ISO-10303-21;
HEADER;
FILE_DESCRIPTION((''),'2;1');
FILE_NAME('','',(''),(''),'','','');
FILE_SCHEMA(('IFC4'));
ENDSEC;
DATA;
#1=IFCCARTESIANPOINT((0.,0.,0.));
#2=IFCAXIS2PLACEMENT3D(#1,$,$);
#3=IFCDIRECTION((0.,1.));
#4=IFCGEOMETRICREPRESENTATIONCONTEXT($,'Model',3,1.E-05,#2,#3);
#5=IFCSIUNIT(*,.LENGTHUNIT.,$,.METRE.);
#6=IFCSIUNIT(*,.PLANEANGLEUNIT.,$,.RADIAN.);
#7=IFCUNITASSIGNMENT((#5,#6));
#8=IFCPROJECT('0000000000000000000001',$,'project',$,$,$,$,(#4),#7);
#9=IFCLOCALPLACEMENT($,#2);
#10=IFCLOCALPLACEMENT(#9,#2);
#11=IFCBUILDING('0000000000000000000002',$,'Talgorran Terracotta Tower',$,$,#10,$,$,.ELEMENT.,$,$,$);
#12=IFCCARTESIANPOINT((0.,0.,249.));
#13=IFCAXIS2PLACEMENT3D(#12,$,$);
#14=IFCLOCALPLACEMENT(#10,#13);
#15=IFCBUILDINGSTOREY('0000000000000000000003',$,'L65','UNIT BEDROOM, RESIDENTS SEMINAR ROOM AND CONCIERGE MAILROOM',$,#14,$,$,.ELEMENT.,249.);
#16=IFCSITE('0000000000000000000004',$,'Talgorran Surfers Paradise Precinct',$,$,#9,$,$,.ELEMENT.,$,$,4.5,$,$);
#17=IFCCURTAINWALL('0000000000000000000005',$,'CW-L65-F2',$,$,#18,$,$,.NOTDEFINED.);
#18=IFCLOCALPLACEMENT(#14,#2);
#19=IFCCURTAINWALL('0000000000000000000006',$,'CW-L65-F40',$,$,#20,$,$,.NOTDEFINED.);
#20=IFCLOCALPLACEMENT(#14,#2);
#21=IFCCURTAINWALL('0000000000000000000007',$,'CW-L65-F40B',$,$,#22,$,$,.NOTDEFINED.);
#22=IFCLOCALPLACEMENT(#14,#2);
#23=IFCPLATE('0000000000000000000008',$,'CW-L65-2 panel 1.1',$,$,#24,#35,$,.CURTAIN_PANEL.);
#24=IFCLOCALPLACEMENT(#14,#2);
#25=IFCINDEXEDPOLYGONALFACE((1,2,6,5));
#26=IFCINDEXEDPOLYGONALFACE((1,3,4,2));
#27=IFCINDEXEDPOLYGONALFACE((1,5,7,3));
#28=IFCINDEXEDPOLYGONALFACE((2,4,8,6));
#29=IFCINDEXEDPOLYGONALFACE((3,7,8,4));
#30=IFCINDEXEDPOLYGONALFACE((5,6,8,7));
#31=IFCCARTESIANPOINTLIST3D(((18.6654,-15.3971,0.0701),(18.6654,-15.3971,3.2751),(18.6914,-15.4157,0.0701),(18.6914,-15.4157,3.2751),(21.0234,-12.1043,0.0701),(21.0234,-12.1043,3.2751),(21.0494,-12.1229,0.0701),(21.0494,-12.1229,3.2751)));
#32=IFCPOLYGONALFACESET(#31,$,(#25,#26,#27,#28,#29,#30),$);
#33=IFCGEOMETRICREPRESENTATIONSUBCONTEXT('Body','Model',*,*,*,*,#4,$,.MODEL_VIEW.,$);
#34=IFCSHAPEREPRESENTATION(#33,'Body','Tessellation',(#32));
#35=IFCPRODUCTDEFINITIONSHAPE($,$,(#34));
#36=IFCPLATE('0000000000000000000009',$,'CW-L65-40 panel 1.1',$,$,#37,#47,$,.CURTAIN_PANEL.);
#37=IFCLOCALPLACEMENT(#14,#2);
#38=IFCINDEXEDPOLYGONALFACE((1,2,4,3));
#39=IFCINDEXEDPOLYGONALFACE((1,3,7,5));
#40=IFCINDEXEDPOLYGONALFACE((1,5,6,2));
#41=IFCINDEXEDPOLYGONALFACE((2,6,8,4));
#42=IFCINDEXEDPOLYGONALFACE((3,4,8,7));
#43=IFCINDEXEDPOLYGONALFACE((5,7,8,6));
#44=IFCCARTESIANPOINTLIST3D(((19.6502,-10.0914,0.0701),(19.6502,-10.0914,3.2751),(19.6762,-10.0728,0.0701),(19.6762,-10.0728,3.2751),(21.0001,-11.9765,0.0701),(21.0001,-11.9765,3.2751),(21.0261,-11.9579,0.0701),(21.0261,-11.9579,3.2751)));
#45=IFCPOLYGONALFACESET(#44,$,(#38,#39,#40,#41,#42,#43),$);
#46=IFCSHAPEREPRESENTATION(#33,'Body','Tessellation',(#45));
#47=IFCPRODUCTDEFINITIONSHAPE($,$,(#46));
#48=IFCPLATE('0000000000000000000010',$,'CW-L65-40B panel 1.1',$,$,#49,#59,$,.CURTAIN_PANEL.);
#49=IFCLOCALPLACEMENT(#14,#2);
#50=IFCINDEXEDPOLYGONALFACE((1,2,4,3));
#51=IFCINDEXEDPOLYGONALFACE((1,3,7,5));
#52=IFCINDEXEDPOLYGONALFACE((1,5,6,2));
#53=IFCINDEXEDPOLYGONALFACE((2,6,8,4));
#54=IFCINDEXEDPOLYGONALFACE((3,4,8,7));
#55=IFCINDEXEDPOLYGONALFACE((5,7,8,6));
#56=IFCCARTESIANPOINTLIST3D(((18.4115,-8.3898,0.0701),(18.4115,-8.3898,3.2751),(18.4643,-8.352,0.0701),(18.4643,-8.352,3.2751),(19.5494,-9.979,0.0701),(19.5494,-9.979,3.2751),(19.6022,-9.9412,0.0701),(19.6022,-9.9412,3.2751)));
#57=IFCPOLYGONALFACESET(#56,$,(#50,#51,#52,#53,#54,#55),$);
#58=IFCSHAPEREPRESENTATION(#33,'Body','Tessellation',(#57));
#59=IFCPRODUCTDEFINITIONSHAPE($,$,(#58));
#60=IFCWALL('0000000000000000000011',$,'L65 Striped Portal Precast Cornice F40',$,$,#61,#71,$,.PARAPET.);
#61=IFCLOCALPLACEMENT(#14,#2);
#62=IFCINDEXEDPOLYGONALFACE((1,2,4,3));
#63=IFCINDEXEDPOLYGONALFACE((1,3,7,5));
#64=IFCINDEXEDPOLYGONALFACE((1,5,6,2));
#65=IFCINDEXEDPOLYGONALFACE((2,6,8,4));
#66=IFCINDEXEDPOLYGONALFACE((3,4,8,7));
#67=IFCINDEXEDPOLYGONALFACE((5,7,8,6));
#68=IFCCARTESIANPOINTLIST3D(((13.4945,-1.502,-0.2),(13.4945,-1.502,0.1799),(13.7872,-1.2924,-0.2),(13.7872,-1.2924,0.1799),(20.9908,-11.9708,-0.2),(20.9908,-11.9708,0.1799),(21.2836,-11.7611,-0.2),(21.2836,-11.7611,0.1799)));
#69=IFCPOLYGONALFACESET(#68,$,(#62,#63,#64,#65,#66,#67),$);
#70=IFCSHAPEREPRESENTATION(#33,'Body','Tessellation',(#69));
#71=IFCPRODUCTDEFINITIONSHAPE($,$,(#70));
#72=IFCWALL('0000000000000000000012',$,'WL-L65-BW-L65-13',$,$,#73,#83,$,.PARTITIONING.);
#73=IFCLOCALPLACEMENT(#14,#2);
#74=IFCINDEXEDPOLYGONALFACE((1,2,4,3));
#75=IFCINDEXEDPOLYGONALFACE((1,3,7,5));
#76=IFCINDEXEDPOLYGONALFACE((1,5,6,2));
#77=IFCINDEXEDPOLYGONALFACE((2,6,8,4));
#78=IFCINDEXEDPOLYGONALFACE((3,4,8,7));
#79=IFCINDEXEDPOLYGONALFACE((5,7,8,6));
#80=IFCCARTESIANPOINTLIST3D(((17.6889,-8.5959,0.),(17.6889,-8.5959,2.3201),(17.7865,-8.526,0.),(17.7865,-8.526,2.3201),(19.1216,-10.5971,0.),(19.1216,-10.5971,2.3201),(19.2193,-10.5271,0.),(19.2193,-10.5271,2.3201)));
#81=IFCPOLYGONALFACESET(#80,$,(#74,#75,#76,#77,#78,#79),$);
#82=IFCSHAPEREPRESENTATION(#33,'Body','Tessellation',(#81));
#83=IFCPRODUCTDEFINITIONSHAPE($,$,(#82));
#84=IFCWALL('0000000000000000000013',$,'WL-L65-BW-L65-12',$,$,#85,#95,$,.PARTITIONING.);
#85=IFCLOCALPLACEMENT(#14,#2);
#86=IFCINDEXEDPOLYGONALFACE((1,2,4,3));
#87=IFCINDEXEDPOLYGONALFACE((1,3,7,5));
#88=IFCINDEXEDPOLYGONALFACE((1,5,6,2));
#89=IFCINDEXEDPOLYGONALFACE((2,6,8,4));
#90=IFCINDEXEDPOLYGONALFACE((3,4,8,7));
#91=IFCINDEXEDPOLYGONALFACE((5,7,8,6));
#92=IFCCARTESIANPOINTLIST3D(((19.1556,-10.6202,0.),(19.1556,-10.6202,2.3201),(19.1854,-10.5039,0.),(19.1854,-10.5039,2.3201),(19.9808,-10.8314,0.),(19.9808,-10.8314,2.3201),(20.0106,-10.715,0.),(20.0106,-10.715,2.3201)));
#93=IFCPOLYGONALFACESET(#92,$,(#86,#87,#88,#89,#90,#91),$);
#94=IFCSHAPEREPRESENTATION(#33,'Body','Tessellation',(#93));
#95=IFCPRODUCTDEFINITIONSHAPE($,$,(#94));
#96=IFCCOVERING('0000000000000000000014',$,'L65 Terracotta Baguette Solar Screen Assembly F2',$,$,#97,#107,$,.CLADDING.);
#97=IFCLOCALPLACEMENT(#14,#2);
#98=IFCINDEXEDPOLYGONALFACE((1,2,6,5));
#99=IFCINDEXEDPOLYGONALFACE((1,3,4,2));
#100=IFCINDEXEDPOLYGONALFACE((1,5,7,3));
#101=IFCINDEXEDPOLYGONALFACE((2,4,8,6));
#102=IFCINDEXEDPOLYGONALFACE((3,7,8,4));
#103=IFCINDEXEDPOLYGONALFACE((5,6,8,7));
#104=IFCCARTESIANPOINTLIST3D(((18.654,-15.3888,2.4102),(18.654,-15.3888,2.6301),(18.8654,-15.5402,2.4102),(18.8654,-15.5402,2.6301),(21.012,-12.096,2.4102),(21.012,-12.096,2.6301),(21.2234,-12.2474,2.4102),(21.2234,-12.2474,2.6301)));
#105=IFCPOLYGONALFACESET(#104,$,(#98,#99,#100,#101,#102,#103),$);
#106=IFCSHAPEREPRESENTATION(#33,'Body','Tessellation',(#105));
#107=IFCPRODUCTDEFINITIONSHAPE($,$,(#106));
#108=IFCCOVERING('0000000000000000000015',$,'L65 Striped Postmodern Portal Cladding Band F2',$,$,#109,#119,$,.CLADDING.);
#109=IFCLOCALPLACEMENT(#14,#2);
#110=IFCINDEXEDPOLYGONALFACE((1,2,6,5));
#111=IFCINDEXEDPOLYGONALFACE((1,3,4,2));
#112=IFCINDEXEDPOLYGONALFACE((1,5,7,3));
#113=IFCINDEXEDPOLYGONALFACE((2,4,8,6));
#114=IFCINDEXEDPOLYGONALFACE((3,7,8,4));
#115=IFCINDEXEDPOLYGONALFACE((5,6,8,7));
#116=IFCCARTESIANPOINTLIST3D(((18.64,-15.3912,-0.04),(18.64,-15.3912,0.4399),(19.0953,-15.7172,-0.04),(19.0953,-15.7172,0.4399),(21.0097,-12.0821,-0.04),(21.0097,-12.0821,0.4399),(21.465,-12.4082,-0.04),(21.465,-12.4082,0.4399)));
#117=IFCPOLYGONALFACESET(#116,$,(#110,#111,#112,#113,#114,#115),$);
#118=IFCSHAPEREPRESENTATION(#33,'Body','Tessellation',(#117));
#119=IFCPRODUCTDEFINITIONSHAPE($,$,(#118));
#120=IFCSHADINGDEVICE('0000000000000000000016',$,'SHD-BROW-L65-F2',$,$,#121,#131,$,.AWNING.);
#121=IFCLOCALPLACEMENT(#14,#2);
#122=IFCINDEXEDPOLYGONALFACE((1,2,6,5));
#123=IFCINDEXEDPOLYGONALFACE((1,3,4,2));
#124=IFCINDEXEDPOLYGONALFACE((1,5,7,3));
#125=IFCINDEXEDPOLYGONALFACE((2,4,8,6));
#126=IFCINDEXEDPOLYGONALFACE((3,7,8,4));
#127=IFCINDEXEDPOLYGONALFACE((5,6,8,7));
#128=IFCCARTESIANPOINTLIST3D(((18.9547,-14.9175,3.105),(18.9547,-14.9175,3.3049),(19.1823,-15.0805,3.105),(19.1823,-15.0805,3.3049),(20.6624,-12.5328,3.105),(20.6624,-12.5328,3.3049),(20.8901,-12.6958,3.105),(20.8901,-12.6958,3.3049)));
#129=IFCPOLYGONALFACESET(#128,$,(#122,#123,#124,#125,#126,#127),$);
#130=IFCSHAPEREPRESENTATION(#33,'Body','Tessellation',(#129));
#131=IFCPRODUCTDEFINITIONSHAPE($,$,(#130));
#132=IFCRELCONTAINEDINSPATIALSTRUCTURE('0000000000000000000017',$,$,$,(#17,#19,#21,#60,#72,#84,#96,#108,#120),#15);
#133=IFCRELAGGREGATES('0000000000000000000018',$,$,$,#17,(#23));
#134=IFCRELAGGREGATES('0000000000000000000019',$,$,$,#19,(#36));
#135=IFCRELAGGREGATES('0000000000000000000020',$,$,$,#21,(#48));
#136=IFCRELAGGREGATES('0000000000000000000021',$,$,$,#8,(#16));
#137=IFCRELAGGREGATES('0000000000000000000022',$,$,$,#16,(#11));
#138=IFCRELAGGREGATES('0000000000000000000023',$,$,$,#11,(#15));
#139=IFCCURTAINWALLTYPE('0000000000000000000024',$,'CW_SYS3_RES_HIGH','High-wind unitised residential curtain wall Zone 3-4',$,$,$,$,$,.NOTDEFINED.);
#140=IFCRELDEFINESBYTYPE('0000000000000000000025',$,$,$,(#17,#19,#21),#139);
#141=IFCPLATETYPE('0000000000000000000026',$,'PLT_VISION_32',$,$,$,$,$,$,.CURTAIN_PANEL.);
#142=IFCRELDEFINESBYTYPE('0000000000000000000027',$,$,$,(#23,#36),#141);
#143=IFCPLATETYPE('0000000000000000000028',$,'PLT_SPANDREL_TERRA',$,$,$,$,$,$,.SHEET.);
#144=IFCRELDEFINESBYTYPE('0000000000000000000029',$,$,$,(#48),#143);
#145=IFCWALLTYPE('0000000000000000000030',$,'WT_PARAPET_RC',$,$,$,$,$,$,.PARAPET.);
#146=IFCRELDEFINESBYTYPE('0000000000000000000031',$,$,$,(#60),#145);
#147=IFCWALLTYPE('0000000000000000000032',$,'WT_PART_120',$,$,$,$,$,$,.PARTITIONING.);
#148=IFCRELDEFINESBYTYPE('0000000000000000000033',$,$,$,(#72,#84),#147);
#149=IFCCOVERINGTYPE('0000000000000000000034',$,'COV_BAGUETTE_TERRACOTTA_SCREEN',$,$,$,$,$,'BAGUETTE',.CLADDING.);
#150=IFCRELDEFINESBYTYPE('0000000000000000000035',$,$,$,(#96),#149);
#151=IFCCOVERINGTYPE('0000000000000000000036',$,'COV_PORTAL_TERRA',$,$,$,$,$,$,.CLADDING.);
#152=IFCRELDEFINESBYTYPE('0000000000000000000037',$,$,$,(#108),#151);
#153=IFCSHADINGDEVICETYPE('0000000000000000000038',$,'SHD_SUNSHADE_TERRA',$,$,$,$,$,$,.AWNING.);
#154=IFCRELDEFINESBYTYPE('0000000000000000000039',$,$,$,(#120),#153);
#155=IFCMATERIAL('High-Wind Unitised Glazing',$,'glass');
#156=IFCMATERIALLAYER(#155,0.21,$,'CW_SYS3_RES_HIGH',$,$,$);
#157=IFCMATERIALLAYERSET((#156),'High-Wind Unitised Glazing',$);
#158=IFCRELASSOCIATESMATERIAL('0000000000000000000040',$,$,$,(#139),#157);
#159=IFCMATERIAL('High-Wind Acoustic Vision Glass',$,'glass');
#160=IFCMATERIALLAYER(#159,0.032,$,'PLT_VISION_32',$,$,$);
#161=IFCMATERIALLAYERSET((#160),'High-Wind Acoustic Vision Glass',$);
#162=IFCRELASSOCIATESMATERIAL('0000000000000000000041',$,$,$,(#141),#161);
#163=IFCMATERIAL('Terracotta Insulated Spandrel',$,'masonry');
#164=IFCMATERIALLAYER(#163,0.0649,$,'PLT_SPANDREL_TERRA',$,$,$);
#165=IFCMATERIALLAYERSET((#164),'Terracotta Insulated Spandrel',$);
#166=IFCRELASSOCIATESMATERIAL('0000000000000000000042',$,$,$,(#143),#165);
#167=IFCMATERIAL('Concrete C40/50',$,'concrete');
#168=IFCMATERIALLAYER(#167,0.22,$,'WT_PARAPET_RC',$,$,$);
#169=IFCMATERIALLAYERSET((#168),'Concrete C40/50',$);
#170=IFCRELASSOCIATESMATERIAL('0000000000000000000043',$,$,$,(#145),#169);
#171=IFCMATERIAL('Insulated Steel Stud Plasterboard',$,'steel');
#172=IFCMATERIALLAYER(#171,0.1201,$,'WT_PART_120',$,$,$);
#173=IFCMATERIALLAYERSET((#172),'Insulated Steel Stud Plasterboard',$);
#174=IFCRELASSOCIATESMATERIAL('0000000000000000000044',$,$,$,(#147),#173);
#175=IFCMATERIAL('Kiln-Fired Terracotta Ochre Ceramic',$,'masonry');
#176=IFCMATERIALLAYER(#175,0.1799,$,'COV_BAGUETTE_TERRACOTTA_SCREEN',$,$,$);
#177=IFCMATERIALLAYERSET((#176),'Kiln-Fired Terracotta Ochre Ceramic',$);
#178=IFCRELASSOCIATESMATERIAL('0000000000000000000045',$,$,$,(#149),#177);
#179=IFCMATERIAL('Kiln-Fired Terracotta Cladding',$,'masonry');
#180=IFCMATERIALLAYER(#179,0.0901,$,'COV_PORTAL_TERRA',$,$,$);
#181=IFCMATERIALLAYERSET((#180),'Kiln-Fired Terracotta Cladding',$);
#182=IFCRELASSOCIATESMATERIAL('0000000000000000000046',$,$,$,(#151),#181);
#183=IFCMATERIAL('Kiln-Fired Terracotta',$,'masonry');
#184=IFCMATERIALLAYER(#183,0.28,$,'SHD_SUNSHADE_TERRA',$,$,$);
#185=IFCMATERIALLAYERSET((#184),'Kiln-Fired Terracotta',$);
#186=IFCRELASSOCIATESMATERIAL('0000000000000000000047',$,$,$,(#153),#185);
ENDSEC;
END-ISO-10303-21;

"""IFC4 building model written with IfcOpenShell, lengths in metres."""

from ifc_helpers import new_model, si_unit, direction, frame, frame_2d, origin, origin_2d, place, context, subcontext, project, spatial, rectangle, extrude, source, transform, mapped, material, layer, layer_set, type_object, type_shapes, element, aggregate, save


model = new_model("IFC4")

# Units and contexts
model_context = context("Model", 3, precision=1e-05, world=origin(), true_north=direction((0.0, 1.0)))
body_context = subcontext(model_context, "Body", "Model", "MODEL_VIEW")
ifc_project = project(units=[si_unit("LENGTHUNIT", "METRE"), si_unit("PLANEANGLEUNIT", "RADIAN")], contexts=[model_context])

# Site, building, storey
site_placement = place(None, origin())
site = spatial("IfcSite", under=ifc_project, at=site_placement, Name="Talgorran Surfers Paradise Precinct", CompositionType="ELEMENT", RefElevation=4.5)
building_placement = place(site_placement, origin())
building = spatial("IfcBuilding", under=site, at=building_placement, Name="Talgorran Terracotta Tower", CompositionType="ELEMENT")
storey_placement = place(building_placement, frame((0.0, 0.0, 249.0)))
storey = spatial("IfcBuildingStorey", under=building, at=storey_placement, Name="L65", Description="UNIT BEDROOM, RESIDENTS SEMINAR ROOM AND CONCIERGE MAILROOM", CompositionType="ELEMENT", Elevation=249.0)

# Curtain wall
ifc_material_1 = material(Name="High-Wind Unitised Glazing", Category="glass")
ifc_layer_1 = layer(ifc_material_1, 0.21, Name="CW_SYS3_RES_HIGH")
ifc_layer_set_1 = layer_set([ifc_layer_1], Name="High-Wind Unitised Glazing")
curtain_wall_type = type_object("IfcCurtainWallType", Name="CW_SYS3_RES_HIGH", Description="High-wind unitised residential curtain wall Zone 3-4", PredefinedType="NOTDEFINED", material=ifc_layer_set_1)
curtain_wall_1_placement = place(storey_placement, origin())
curtain_wall_1 = element("IfcCurtainWall", 1, at=curtain_wall_1_placement, inside=storey, type_object=curtain_wall_type, Name="CW-L65-F2", PredefinedType="NOTDEFINED")

# Curtain wall
curtain_wall_2_placement = place(storey_placement, origin())
curtain_wall_2 = element("IfcCurtainWall", 2, at=curtain_wall_2_placement, inside=storey, type_object=curtain_wall_type, Name="CW-L65-F40", PredefinedType="NOTDEFINED")

# Curtain wall
curtain_wall_3_placement = place(storey_placement, origin())
curtain_wall_3 = element("IfcCurtainWall", 3, at=curtain_wall_3_placement, inside=storey, type_object=curtain_wall_type, Name="CW-L65-F40B", PredefinedType="NOTDEFINED")

# Plates
ifc_material_2 = material(Name="High-Wind Acoustic Vision Glass", Category="glass")
ifc_layer_2 = layer(ifc_material_2, 0.032, Name="PLT_VISION_32")
ifc_layer_set_2 = layer_set([ifc_layer_2], Name="High-Wind Acoustic Vision Glass")
plate_type_1 = type_object("IfcPlateType", Name="PLT_VISION_32", PredefinedType="CURTAIN_PANEL", material=ifc_layer_set_2)
shared_shape_1 = source(origin(), body_context, "Body", "SweptSolid", [
    extrude(rectangle(XDim=4.05, YDim=0.032, at=origin_2d()), origin(), (0.0, 0.0, 1.0), 3.2051),
])
plate_1_placement = place(storey_placement, frame((19.8574, -13.76, 0.0701), z_axis=(0.0, 0.0, 1.0), x_axis=(0.58222, 0.813031, 0.0)))
plate_1 = element("IfcPlate", 4, at=plate_1_placement, type_object=plate_type_1, Name="CW-L65-2 panel 1.1", PredefinedType="CURTAIN_PANEL", context=body_context, shape_type="MappedRepresentation", body=[
    mapped(shared_shape_1, transform((0.0, 0.0, 0.0), scale=1.0)),
])
aggregate(curtain_wall_1, [plate_1])
shared_shape_2 = source(origin(), body_context, "Body", "SweptSolid", [
    extrude(rectangle(XDim=2.3186, YDim=0.032, at=origin_2d()), origin(), (0.0, 0.0, 1.0), 3.2051),
])
type_shapes(plate_type_1, [shared_shape_1, shared_shape_2])
plate_2_placement = place(storey_placement, frame((20.3381, -11.0247, 0.0701), z_axis=(0.0, 0.0, 1.0), x_axis=(-0.582219, 0.813032, 0.0)))
plate_2 = element("IfcPlate", 5, at=plate_2_placement, type_object=plate_type_1, Name="CW-L65-40 panel 1.1", PredefinedType="CURTAIN_PANEL", context=body_context, shape_type="MappedRepresentation", body=[
    mapped(shared_shape_2, transform((0.0, 0.0, 0.0), scale=1.0)),
])
aggregate(curtain_wall_2, [plate_2])
ifc_material_3 = material(Name="Terracotta Insulated Spandrel", Category="masonry")
ifc_layer_3 = layer(ifc_material_3, 0.0649, Name="PLT_SPANDREL_TERRA")
ifc_layer_set_3 = layer_set([ifc_layer_3], Name="Terracotta Insulated Spandrel")
plate_type_2 = type_object("IfcPlateType", Name="PLT_SPANDREL_TERRA", PredefinedType="SHEET", material=ifc_layer_set_3)
shared_shape_3 = source(origin(), body_context, "Body", "SweptSolid", [
    extrude(rectangle(XDim=1.9546, YDim=0.0649, at=origin_2d()), origin(), (0.0, 0.0, 1.0), 3.2051),
])
type_shapes(plate_type_2, [shared_shape_3])
plate_3_placement = place(storey_placement, frame((19.0068, -9.1655, 0.0701), z_axis=(0.0, 0.0, 1.0), x_axis=(-0.5822, 0.813046, 0.0)))
plate_3 = element("IfcPlate", 6, at=plate_3_placement, type_object=plate_type_2, Name="CW-L65-40B panel 1.1", PredefinedType="CURTAIN_PANEL", context=body_context, shape_type="MappedRepresentation", body=[
    mapped(shared_shape_3, transform((0.0, 0.0, 0.0), scale=1.0)),
])
aggregate(curtain_wall_3, [plate_3])

# Walls
ifc_material_4 = material(Name="Concrete C40/50", Category="concrete")
ifc_layer_4 = layer(ifc_material_4, 0.22, Name="WT_PARAPET_RC")
ifc_layer_set_4 = layer_set([ifc_layer_4], Name="Concrete C40/50")
wall_type_1 = type_object("IfcWallType", Name="WT_PARAPET_RC", PredefinedType="PARAPET", material=ifc_layer_set_4)
wall_1_placement = place(storey_placement, frame((21.1372, -11.866, -0.2), z_axis=(0.0, 0.0, 1.0), x_axis=(-0.582197, 0.813047, 0.0)))
element("IfcWall", 7, at=wall_1_placement, inside=storey, type_object=wall_type_1, Name="L65 Striped Portal Precast Cornice F40", PredefinedType="PARAPET", context=body_context, shape_type="SweptSolid", body=[
    extrude(rectangle(XDim=12.876, YDim=0.3601, at=frame_2d((6.438, 0.0))), origin(), (0.0, 0.0, 1.0), 0.3799),
])
ifc_material_5 = material(Name="Insulated Steel Stud Plasterboard", Category="steel")
ifc_layer_5 = layer(ifc_material_5, 0.1201, Name="WT_PART_120")
ifc_layer_set_5 = layer_set([ifc_layer_5], Name="Insulated Steel Stud Plasterboard")
wall_type_2 = type_object("IfcWallType", Name="WT_PART_120", PredefinedType="PARTITIONING", material=ifc_layer_set_5)
wall_2_placement = place(storey_placement, frame((19.1704, -10.562, 0.0), z_axis=(0.0, 0.0, 1.0), x_axis=(-0.582157, 0.813076, 0.0)))
element("IfcWall", 8, at=wall_2_placement, inside=storey, type_object=wall_type_2, Name="WL-L65-BW-L65-13", PredefinedType="PARTITIONING", context=body_context, shape_type="SweptSolid", body=[
    extrude(rectangle(XDim=2.4612, YDim=0.1201, at=frame_2d((1.2305, 0.0))), origin(), (0.0, 0.0, 1.0), 2.3201),
])
wall_3_placement = place(storey_placement, frame((19.9956, -10.7732, 0.0), z_axis=(0.0, 0.0, 1.0), x_axis=(-0.968779, 0.247927, 0.0)))
element("IfcWall", 9, at=wall_3_placement, inside=storey, type_object=wall_type_2, Name="WL-L65-BW-L65-12", PredefinedType="PARTITIONING", context=body_context, shape_type="SweptSolid", body=[
    extrude(rectangle(XDim=0.8518, YDim=0.1201, at=frame_2d((0.4258, 0.0))), origin(), (0.0, 0.0, 1.0), 2.3201),
])

# Coverings
ifc_material_6 = material(Name="Kiln-Fired Terracotta Ochre Ceramic", Category="masonry")
ifc_layer_6 = layer(ifc_material_6, 0.1799, Name="COV_BAGUETTE_TERRACOTTA_SCREEN")
ifc_layer_set_6 = layer_set([ifc_layer_6], Name="Kiln-Fired Terracotta Ochre Ceramic")
covering_type_1 = type_object("IfcCoveringType", Name="COV_BAGUETTE_TERRACOTTA_SCREEN", ElementType="BAGUETTE", PredefinedType="CLADDING", material=ifc_layer_set_6)
covering_1_placement = place(storey_placement, frame((19.9387, -13.8181, 2.4102), z_axis=(0.0, 0.0, 1.0), x_axis=(0.582222, 0.81303, 0.0)))
element("IfcCovering", 10, at=covering_1_placement, inside=storey, type_object=covering_type_1, Name="L65 Terracotta Baguette Solar Screen Assembly F2", PredefinedType="CLADDING", context=body_context, shape_type="SweptSolid", body=[
    extrude(rectangle(XDim=4.05, YDim=0.26, at=origin_2d()), origin(), (0.0, 0.0, 1.0), 0.22),
])
ifc_material_7 = material(Name="Kiln-Fired Terracotta Cladding", Category="masonry")
ifc_layer_7 = layer(ifc_material_7, 0.0901, Name="COV_PORTAL_TERRA")
ifc_layer_set_7 = layer_set([ifc_layer_7], Name="Kiln-Fired Terracotta Cladding")
covering_type_2 = type_object("IfcCoveringType", Name="COV_PORTAL_TERRA", PredefinedType="CLADDING", material=ifc_layer_set_7)
covering_2_placement = place(storey_placement, frame((20.0525, -13.8997, -0.04), z_axis=(0.0, 0.0, 1.0), x_axis=(0.582222, 0.81303, 0.0)))
element("IfcCovering", 11, at=covering_2_placement, inside=storey, type_object=covering_type_2, Name="L65 Striped Postmodern Portal Cladding Band F2", PredefinedType="CLADDING", context=body_context, shape_type="SweptSolid", body=[
    extrude(rectangle(XDim=4.0701, YDim=0.5601, at=origin_2d()), origin(), (0.0, 0.0, 1.0), 0.48),
])

# Shading device
ifc_material_8 = material(Name="Kiln-Fired Terracotta", Category="masonry")
ifc_layer_8 = layer(ifc_material_8, 0.28, Name="SHD_SUNSHADE_TERRA")
ifc_layer_set_8 = layer_set([ifc_layer_8], Name="Kiln-Fired Terracotta")
shading_device_type = type_object("IfcShadingDeviceType", Name="SHD_SUNSHADE_TERRA", PredefinedType="AWNING", material=ifc_layer_set_8)
shared_shape_4 = source(origin(), body_context, "Body", "SweptSolid", [
    extrude(rectangle(XDim=2.9331, YDim=0.28, at=origin_2d()), origin(), (0.0, 0.0, 1.0), 0.2),
])
type_shapes(shading_device_type, [shared_shape_4])
shading_device_placement = place(storey_placement, frame((19.9224, -13.8066, 3.105), z_axis=(0.0, 0.0, 1.0), x_axis=(0.582222, 0.81303, 0.0)))
element("IfcShadingDevice", 12, at=shading_device_placement, inside=storey, type_object=shading_device_type, Name="SHD-BROW-L65-F2", PredefinedType="AWNING", context=body_context, shape_type="MappedRepresentation", body=[
    mapped(shared_shape_4, transform((0.0, 0.0, 0.0), scale=1.0)),
])

save(model, "model.ifc")
